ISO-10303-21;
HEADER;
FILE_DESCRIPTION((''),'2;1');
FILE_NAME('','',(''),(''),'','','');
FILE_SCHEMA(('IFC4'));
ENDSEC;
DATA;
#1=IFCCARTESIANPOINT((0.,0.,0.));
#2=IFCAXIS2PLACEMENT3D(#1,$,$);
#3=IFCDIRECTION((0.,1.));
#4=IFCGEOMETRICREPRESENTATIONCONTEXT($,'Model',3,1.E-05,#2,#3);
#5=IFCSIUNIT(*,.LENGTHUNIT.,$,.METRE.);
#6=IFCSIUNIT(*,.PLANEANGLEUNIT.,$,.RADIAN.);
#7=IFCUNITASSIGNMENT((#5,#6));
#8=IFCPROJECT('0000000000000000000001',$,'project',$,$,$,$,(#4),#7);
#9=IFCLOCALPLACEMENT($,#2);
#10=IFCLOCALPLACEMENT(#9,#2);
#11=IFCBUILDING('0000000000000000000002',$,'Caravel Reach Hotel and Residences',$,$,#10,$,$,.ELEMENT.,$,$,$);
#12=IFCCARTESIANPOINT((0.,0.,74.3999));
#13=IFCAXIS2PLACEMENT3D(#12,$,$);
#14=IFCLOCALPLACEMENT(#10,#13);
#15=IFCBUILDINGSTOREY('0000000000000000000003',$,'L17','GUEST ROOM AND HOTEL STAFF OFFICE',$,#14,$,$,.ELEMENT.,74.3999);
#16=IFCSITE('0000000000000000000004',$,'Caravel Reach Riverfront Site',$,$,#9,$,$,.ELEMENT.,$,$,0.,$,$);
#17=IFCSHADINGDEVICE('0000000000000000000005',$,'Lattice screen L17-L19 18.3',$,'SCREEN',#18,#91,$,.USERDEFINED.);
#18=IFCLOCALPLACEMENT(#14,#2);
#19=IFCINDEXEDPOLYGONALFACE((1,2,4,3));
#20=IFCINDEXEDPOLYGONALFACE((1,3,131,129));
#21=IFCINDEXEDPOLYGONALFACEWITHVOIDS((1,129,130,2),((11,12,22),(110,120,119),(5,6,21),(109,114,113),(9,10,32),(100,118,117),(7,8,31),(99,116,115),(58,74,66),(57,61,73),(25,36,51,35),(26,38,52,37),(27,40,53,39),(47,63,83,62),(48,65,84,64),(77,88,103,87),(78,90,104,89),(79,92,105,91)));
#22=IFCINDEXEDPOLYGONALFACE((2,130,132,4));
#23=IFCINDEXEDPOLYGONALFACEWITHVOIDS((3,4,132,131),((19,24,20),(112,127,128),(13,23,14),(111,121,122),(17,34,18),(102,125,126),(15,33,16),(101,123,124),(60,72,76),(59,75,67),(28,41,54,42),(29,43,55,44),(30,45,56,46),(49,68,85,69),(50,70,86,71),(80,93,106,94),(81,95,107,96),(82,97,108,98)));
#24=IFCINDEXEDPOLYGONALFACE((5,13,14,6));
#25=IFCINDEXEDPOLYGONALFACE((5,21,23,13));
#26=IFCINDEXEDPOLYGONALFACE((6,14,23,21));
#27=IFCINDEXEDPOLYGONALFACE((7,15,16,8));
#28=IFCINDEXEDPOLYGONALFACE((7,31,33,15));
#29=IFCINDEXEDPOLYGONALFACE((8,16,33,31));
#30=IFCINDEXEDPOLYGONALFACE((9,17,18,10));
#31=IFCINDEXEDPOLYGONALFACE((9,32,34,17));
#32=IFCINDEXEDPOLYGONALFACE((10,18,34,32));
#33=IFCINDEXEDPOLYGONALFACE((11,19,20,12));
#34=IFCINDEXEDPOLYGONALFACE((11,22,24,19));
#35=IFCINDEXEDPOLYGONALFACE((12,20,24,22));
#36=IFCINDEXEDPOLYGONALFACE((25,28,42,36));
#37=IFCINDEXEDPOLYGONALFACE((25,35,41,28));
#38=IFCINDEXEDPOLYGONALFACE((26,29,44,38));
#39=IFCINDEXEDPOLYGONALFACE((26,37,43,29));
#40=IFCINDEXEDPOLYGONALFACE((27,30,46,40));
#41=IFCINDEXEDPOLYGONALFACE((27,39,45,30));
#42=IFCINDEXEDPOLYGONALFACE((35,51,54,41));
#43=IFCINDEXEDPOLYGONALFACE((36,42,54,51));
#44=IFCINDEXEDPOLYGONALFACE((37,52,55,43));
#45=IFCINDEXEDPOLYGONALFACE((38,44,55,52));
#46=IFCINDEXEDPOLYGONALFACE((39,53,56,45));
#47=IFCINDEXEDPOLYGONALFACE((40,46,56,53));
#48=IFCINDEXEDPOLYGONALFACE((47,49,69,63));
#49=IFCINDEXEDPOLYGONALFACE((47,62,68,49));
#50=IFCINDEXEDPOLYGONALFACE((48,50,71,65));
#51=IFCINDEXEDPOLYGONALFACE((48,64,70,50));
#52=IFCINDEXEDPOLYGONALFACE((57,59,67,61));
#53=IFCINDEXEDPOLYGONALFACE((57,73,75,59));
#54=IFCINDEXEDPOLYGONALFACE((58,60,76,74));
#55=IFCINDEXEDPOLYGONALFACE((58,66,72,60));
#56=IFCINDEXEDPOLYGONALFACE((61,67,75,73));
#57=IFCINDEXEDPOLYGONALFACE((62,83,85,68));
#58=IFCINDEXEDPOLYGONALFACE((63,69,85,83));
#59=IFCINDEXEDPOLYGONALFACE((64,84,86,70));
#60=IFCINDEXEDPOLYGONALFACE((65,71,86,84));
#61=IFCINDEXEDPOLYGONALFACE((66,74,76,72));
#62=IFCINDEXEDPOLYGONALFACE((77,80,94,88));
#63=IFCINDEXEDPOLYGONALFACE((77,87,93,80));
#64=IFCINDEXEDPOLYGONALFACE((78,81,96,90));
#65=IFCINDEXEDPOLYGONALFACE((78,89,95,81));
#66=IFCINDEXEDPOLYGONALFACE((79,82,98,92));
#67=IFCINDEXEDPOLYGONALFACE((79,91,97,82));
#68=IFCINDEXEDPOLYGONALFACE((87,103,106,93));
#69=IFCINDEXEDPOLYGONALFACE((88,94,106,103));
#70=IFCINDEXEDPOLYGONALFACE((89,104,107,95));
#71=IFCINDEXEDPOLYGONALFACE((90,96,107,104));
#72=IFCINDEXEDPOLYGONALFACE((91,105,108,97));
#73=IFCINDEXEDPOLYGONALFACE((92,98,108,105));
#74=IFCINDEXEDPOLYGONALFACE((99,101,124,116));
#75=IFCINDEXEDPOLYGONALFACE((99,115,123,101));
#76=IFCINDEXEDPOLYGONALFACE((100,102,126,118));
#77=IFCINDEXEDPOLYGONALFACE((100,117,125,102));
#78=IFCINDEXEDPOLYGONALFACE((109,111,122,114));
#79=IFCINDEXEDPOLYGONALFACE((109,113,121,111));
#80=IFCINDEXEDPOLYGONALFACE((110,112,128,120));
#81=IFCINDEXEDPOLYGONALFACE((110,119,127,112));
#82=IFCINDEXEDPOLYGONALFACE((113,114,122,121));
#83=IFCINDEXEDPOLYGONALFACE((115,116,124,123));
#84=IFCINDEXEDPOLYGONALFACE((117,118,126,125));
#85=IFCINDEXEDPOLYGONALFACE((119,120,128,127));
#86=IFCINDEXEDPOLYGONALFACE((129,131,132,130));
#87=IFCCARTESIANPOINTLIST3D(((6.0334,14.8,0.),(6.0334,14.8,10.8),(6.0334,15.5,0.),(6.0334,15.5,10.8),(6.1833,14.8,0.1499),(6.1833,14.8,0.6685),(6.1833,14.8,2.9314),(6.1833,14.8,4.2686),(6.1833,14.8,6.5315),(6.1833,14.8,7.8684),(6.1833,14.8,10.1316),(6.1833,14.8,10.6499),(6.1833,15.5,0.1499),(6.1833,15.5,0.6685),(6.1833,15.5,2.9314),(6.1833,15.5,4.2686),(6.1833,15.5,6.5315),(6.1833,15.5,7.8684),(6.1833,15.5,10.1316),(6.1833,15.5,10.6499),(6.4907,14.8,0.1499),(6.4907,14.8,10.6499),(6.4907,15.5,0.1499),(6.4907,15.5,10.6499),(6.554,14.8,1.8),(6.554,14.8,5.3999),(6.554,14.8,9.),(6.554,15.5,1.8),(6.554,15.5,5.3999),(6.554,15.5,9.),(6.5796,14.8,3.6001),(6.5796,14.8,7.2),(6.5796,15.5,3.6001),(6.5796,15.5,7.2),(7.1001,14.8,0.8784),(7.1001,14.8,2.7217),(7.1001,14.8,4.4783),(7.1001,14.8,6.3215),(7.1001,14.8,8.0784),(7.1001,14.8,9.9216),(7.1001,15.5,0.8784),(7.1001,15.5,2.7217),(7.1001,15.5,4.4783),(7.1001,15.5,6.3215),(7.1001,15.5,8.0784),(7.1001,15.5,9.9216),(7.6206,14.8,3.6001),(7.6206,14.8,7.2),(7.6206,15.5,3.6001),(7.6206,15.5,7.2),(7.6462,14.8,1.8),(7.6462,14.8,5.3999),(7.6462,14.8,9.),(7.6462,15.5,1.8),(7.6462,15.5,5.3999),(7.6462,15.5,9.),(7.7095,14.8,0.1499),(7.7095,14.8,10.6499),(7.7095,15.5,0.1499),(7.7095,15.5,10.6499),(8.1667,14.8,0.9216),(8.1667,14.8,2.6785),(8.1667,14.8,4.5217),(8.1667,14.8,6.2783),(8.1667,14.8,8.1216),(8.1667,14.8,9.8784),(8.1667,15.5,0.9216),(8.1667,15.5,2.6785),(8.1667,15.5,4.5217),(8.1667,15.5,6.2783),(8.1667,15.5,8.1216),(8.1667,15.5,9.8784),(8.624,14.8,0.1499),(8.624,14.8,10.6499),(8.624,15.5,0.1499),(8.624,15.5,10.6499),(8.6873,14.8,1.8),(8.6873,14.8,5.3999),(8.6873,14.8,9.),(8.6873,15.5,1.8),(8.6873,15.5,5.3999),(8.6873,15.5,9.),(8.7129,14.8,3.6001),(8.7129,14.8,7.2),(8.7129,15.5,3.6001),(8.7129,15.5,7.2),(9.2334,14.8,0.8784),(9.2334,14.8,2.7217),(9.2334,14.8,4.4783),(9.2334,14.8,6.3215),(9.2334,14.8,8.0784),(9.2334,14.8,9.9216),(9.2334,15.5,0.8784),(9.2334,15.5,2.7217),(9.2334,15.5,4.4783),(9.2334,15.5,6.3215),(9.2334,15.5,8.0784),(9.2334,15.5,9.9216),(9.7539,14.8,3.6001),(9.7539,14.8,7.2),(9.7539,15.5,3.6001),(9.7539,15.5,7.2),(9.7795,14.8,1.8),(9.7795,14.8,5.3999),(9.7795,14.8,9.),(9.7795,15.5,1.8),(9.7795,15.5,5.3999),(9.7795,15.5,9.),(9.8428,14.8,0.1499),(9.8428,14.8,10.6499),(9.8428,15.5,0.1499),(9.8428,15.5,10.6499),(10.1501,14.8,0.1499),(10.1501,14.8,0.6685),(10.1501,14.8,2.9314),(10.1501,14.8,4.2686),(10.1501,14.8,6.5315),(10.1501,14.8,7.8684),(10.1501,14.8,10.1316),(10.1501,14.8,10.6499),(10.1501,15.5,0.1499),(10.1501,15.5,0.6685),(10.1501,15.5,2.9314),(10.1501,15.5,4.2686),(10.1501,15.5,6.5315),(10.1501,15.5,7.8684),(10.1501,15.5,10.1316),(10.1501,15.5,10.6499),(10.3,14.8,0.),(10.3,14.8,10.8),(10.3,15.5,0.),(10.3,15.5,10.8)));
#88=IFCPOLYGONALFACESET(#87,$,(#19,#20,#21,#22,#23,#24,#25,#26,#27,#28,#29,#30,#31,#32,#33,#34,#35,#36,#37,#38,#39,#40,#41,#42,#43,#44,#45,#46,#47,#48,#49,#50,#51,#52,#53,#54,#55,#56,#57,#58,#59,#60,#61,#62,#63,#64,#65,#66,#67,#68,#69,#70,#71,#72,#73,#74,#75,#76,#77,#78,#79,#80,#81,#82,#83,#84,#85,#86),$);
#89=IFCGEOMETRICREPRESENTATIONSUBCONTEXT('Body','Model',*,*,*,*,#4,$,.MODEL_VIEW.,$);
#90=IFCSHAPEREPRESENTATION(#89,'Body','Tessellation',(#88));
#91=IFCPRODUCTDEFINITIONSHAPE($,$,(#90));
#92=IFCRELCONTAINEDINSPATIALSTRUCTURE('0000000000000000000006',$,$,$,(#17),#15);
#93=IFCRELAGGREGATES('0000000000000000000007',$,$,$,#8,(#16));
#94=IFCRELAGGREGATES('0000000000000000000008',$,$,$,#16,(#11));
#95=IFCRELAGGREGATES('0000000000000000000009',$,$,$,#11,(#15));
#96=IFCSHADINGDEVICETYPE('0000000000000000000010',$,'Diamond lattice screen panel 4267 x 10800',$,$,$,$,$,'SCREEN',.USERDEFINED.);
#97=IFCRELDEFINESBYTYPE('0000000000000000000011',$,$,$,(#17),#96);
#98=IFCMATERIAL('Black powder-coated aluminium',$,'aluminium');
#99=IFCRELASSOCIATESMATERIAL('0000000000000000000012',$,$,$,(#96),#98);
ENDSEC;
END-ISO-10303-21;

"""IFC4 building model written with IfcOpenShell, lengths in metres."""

from ifc_helpers import new_model, si_unit, direction, frame, origin, place, context, subcontext, project, spatial, polyline, outline, extrude, material, type_object, element, save


model = new_model("IFC4")

# Units and contexts
model_context = context("Model", 3, precision=1e-05, world=origin(), true_north=direction((0.0, 1.0)))
body_context = subcontext(model_context, "Body", "Model", "MODEL_VIEW")
ifc_project = project(units=[si_unit("LENGTHUNIT", "METRE"), si_unit("PLANEANGLEUNIT", "RADIAN")], contexts=[model_context])

# Site, building, storey
site_placement = place(None, origin())
site = spatial("IfcSite", under=ifc_project, at=site_placement, Name="Caravel Reach Riverfront Site", CompositionType="ELEMENT", RefElevation=0.0)
building_placement = place(site_placement, origin())
building = spatial("IfcBuilding", under=site, at=building_placement, Name="Caravel Reach Hotel and Residences", CompositionType="ELEMENT")
storey_placement = place(building_placement, frame((0.0, 0.0, 74.3999)))
storey = spatial("IfcBuildingStorey", under=building, at=storey_placement, Name="L17", Description="GUEST ROOM AND HOTEL STAFF OFFICE", CompositionType="ELEMENT", Elevation=74.3999)

# Shading device
ifc_material_1 = material(Name="Black powder-coated aluminium", Category="aluminium")
shading_device_type_1 = type_object("IfcShadingDeviceType", Name="Diamond lattice screen panel 4267 x 10800", ElementType="SCREEN", PredefinedType="USERDEFINED", material=ifc_material_1)
shading_device_1_placement = place(storey_placement, frame((6.0334, 15.5, 0.0), z_axis=(0.0, -1.0, 0.0), x_axis=(1.0, 0.0, 0.0)))
element("IfcShadingDevice", 1, at=shading_device_1_placement, inside=storey, type_object=shading_device_type_1, Name="Lattice screen L17-L19 18.3", ObjectType="SCREEN", PredefinedType="USERDEFINED", context=body_context, shape_type="SweptSolid", body=[
    extrude(outline(polyline([(0.0, 0.0), (4.2666, 0.0), (4.2666, 10.8), (0.0, 10.8), (0.0, 0.0)]), holes=[polyline([(0.4573, 0.1499), (0.1499, 0.6685), (0.1499, 0.1499), (0.4573, 0.1499)]), polyline([(0.5461, 3.6001), (0.1499, 4.2686), (0.1499, 2.9314), (0.5461, 3.6001)]), polyline([(0.5461, 7.2), (0.1499, 7.8684), (0.1499, 6.5315), (0.5461, 7.2)]), polyline([(0.1499, 10.1316), (0.4573, 10.6499), (0.1499, 10.6499), (0.1499, 10.1316)]), polyline([(1.0667, 2.7217), (0.5205, 1.8), (1.0667, 0.8784), (1.6128, 1.8), (1.0667, 2.7217)]), polyline([(1.0667, 6.3215), (0.5205, 5.3999), (1.0667, 4.4783), (1.6128, 5.3999), (1.0667, 6.3215)]), polyline([(1.0667, 9.9216), (0.5205, 9.0), (1.0667, 8.0784), (1.6128, 9.0), (1.0667, 9.9216)]), polyline([(2.1333, 0.9216), (1.676, 0.1499), (2.5906, 0.1499), (2.1333, 0.9216)]), polyline([(2.1333, 4.5217), (1.5872, 3.6001), (2.1333, 2.6785), (2.6794, 3.6001), (2.1333, 4.5217)]), polyline([(2.1333, 8.1216), (1.5872, 7.2), (2.1333, 6.2783), (2.6794, 7.2), (2.1333, 8.1216)]), polyline([(2.1333, 9.8784), (2.5906, 10.6499), (1.676, 10.6499), (2.1333, 9.8784)]), polyline([(3.2, 2.7217), (2.6538, 1.8), (3.2, 0.8784), (3.7461, 1.8), (3.2, 2.7217)]), polyline([(3.2, 6.3215), (2.6538, 5.3999), (3.2, 4.4783), (3.7461, 5.3999), (3.2, 6.3215)]), polyline([(3.2, 9.9216), (2.6538, 9.0), (3.2, 8.0784), (3.7461, 9.0), (3.2, 9.9216)]), polyline([(4.1167, 0.6685), (3.8093, 0.1499), (4.1167, 0.1499), (4.1167, 0.6685)]), polyline([(3.7205, 3.6001), (4.1167, 2.9314), (4.1167, 4.2686), (3.7205, 3.6001)]), polyline([(3.7205, 7.2), (4.1167, 6.5315), (4.1167, 7.8684), (3.7205, 7.2)]), polyline([(3.8093, 10.6499), (4.1167, 10.1316), (4.1167, 10.6499), (3.8093, 10.6499)])]), origin(), (0.0, 0.0, 1.0), 0.7),
])

save(model, "model.ifc")
